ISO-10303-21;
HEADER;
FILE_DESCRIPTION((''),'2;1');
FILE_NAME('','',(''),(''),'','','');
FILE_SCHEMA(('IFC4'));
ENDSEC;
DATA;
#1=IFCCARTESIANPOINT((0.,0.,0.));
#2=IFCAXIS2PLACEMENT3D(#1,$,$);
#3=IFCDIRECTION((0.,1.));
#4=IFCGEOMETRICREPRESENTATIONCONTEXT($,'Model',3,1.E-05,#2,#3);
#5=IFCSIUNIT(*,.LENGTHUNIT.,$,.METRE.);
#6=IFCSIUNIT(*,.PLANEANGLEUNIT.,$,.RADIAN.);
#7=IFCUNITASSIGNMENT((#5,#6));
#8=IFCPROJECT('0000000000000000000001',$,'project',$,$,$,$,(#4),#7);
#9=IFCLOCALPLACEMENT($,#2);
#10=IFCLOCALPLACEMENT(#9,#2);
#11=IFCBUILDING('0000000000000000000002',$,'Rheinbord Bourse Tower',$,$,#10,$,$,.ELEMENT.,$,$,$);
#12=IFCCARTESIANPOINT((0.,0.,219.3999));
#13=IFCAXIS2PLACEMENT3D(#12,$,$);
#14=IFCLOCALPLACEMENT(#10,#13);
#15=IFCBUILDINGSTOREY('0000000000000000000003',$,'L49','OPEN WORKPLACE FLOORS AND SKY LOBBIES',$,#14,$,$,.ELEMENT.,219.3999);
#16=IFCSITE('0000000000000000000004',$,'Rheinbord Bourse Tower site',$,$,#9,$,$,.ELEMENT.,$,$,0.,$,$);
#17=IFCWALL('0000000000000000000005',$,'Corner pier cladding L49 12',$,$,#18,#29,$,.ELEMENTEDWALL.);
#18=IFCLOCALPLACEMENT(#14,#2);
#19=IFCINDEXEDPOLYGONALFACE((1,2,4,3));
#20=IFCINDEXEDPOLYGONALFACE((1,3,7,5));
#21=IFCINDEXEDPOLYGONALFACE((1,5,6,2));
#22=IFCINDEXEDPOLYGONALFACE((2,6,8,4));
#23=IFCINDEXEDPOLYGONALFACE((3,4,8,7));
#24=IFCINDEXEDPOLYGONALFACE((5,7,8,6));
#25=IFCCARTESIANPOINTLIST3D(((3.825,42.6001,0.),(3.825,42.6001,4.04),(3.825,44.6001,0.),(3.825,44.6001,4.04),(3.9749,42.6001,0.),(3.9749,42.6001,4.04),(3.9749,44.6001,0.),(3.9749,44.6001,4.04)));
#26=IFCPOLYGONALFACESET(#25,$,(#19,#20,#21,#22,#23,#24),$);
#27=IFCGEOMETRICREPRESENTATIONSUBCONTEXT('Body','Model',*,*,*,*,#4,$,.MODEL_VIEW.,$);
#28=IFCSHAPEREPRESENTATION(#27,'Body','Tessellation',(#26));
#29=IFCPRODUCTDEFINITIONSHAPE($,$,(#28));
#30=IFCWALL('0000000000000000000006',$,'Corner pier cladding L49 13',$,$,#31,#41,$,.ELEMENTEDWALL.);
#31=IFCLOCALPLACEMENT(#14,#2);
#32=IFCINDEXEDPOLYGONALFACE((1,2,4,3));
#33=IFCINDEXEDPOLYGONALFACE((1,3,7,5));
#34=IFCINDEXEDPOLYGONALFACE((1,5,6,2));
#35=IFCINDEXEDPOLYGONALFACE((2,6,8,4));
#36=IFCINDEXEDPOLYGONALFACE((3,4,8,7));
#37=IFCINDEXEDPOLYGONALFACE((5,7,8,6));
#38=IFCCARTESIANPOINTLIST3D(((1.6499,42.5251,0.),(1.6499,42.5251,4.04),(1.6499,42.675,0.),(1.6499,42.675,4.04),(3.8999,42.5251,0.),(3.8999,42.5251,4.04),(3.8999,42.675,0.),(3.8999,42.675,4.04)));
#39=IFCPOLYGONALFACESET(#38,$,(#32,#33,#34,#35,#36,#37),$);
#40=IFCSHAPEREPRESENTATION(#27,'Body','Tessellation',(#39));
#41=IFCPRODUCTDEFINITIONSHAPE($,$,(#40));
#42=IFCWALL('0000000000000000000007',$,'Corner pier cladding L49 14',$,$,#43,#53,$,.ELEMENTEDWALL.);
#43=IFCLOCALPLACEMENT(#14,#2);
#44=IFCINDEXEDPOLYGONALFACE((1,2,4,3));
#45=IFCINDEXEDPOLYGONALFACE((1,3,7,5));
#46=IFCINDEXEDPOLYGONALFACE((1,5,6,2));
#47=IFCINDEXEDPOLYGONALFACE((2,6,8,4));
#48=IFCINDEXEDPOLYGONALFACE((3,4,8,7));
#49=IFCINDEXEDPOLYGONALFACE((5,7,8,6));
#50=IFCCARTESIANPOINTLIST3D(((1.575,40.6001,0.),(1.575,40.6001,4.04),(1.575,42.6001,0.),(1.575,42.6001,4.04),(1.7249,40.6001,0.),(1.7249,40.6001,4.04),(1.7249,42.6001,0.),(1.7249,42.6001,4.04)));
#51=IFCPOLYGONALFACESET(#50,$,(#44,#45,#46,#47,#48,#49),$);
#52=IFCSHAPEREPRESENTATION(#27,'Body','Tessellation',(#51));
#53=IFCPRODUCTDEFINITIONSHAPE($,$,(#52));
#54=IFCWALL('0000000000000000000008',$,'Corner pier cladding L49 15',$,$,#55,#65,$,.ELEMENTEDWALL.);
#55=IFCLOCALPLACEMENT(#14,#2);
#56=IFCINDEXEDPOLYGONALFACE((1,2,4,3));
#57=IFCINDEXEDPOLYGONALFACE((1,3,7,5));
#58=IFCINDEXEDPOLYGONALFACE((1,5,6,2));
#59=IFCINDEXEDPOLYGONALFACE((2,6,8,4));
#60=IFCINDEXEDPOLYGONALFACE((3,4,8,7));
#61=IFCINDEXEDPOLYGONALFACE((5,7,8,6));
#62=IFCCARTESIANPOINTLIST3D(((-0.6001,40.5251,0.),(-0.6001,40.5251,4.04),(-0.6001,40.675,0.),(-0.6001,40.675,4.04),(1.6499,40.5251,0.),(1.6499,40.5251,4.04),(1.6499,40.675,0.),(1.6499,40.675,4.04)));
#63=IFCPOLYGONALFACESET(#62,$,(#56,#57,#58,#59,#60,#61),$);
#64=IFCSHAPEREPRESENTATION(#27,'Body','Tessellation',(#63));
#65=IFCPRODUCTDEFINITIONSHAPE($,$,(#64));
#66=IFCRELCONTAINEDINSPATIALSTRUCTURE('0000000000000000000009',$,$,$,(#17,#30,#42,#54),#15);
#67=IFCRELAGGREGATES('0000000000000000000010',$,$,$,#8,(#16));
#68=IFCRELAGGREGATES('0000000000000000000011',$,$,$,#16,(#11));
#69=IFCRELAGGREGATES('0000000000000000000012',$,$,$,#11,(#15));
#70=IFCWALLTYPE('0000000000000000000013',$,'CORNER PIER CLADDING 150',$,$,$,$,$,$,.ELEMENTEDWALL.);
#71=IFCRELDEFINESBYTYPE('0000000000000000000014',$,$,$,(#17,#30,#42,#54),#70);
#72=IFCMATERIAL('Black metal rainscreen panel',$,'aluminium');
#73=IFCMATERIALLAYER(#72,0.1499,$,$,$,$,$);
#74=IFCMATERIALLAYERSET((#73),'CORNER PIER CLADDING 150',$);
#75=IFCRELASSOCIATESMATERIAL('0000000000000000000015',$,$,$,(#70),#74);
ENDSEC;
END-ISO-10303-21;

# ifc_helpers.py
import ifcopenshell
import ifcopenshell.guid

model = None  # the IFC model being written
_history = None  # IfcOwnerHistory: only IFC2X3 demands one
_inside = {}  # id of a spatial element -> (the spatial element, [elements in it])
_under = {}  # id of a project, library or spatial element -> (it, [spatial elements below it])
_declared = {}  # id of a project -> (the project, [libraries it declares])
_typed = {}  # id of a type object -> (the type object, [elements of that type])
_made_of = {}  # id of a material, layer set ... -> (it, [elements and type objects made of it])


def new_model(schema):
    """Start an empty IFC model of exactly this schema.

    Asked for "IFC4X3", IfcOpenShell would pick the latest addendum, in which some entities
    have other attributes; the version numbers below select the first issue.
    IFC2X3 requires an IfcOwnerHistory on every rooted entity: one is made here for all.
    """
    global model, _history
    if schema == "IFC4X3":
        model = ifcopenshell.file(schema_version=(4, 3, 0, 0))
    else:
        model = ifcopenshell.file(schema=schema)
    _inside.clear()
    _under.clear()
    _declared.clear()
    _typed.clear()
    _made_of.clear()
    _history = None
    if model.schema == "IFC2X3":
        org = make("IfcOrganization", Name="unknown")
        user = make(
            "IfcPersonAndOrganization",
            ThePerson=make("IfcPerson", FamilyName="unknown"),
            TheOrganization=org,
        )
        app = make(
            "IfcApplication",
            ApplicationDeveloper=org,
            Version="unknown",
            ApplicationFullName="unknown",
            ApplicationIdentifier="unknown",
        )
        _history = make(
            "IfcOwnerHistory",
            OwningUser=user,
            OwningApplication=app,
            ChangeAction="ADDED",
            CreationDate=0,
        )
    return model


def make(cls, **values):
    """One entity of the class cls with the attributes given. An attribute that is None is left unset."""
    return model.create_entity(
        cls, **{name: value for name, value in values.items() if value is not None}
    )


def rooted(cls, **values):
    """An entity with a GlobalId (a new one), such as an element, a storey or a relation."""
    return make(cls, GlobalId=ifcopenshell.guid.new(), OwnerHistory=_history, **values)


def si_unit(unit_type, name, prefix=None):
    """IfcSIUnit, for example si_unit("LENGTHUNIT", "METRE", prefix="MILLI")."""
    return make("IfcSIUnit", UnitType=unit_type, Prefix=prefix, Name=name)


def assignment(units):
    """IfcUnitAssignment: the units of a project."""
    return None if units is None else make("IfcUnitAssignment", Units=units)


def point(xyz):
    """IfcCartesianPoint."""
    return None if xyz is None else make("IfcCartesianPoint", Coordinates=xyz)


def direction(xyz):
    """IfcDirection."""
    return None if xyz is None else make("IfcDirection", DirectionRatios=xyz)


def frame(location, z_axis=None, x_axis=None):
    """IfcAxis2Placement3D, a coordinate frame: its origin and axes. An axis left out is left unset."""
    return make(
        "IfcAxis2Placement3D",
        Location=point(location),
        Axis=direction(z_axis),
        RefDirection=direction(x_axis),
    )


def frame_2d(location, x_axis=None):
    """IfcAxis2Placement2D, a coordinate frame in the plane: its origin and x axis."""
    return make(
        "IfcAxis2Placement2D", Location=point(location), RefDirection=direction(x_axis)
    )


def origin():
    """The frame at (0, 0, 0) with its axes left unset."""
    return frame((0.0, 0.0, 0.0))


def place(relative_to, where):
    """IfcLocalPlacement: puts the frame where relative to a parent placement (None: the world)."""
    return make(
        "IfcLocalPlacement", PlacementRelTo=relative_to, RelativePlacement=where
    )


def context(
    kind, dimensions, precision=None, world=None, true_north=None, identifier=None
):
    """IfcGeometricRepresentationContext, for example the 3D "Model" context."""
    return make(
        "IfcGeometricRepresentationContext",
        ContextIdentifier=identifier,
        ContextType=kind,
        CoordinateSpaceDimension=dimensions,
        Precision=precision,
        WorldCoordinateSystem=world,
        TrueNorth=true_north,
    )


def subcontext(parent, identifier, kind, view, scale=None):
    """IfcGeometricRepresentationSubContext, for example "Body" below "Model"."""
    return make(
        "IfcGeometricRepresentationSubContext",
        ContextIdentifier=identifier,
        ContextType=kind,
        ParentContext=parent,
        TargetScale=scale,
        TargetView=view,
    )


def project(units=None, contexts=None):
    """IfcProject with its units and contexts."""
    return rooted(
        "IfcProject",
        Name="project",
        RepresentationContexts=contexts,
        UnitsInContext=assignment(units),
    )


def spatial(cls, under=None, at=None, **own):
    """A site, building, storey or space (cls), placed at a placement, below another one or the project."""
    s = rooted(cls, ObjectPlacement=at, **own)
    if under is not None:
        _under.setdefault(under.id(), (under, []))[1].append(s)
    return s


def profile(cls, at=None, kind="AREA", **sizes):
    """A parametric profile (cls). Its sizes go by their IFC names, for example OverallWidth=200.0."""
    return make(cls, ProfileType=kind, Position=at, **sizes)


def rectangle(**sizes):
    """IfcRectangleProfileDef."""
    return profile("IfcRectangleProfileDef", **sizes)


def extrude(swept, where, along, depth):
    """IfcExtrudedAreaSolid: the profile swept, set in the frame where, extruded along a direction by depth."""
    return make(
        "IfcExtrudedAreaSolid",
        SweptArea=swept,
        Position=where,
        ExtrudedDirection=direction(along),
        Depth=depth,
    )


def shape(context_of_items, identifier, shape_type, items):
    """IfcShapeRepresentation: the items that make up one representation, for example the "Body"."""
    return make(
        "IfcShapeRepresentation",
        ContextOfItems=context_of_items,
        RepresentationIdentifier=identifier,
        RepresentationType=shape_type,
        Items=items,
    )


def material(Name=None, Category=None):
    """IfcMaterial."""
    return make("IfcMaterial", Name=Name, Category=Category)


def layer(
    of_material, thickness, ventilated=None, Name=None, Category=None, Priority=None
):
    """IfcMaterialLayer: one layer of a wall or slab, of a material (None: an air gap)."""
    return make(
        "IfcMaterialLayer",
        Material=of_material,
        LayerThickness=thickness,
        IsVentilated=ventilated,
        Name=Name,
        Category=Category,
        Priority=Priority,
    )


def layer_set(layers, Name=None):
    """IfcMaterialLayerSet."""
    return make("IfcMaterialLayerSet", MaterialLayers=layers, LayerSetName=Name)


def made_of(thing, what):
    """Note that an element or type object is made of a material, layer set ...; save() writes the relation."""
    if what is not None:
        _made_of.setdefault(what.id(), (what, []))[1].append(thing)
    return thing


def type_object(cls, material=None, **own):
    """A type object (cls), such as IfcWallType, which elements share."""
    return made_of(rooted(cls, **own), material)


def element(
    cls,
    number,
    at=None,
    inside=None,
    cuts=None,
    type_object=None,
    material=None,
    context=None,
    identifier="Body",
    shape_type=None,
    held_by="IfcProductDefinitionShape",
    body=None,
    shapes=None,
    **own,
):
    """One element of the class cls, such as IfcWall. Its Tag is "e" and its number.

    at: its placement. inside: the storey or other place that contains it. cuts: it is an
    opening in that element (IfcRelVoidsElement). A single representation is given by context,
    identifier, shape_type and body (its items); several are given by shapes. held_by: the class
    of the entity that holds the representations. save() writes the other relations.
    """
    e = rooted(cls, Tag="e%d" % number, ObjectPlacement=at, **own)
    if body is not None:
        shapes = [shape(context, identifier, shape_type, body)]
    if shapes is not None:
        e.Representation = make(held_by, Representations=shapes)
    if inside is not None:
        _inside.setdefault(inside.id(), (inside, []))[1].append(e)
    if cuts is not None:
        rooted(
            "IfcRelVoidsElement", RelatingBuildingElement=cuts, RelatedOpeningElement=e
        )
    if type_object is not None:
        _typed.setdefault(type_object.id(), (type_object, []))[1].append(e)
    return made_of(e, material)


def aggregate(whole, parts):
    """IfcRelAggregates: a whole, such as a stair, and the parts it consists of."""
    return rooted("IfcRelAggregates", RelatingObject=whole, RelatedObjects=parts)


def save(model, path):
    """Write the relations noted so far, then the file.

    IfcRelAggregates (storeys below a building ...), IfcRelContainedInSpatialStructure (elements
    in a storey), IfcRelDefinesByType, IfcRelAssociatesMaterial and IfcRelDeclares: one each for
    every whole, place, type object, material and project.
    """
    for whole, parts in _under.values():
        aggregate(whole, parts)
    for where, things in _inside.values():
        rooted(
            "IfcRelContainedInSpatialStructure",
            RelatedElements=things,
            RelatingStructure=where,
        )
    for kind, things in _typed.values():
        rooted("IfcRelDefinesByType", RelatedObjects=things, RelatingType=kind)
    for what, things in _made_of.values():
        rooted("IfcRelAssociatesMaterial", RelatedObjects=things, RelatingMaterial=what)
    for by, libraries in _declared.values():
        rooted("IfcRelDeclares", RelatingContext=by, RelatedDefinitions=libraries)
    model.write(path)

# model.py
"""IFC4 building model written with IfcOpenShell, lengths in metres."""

from ifc_helpers import new_model, si_unit, direction, frame, frame_2d, origin, place, context, subcontext, project, spatial, rectangle, extrude, material, layer, layer_set, type_object, element, save


model = new_model("IFC4")

# Units and contexts
model_context = context("Model", 3, precision=1e-05, world=origin(), true_north=direction((0.0, 1.0)))
body_context = subcontext(model_context, "Body", "Model", "MODEL_VIEW")
ifc_project = project(units=[si_unit("LENGTHUNIT", "METRE"), si_unit("PLANEANGLEUNIT", "RADIAN")], contexts=[model_context])

# Site, building, storey
site_placement = place(None, origin())
site = spatial("IfcSite", under=ifc_project, at=site_placement, Name="Rheinbord Bourse Tower site", CompositionType="ELEMENT", RefElevation=0.0)
building_placement = place(site_placement, origin())
building = spatial("IfcBuilding", under=site, at=building_placement, Name="Rheinbord Bourse Tower", CompositionType="ELEMENT")
storey_placement = place(building_placement, frame((0.0, 0.0, 219.3999)))
storey = spatial("IfcBuildingStorey", under=building, at=storey_placement, Name="L49", Description="OPEN WORKPLACE FLOORS AND SKY LOBBIES", CompositionType="ELEMENT", Elevation=219.3999)

# Walls
ifc_material_1 = material(Name="Black metal rainscreen panel", Category="aluminium")
ifc_layer_1 = layer(ifc_material_1, 0.1499)
ifc_layer_set_1 = layer_set([ifc_layer_1], Name="CORNER PIER CLADDING 150")
wall_type = type_object("IfcWallType", Name="CORNER PIER CLADDING 150", PredefinedType="ELEMENTEDWALL", material=ifc_layer_set_1)
wall_1_placement = place(storey_placement, frame((3.8999, 44.6001, 0.0), z_axis=(0.0, 0.0, 1.0), x_axis=(0.0, -1.0, 0.0)))
element("IfcWall", 1, at=wall_1_placement, inside=storey, type_object=wall_type, Name="Corner pier cladding L49 12", PredefinedType="ELEMENTEDWALL", context=body_context, shape_type="SweptSolid", body=[
    extrude(rectangle(XDim=2.0, YDim=0.1499, at=frame_2d((1.0, 0.0))), origin(), (0.0, 0.0, 1.0), 4.04),
])
wall_2_placement = place(storey_placement, frame((3.8999, 42.6001, 0.0), z_axis=(0.0, 0.0, 1.0), x_axis=(-1.0, 0.0, 0.0)))
element("IfcWall", 2, at=wall_2_placement, inside=storey, type_object=wall_type, Name="Corner pier cladding L49 13", PredefinedType="ELEMENTEDWALL", context=body_context, shape_type="SweptSolid", body=[
    extrude(rectangle(XDim=2.25, YDim=0.1499, at=frame_2d((1.125, 0.0))), origin(), (0.0, 0.0, 1.0), 4.04),
])
wall_3_placement = place(storey_placement, frame((1.6499, 42.6001, 0.0), z_axis=(0.0, 0.0, 1.0), x_axis=(0.0, -1.0, 0.0)))
element("IfcWall", 3, at=wall_3_placement, inside=storey, type_object=wall_type, Name="Corner pier cladding L49 14", PredefinedType="ELEMENTEDWALL", context=body_context, shape_type="SweptSolid", body=[
    extrude(rectangle(XDim=2.0, YDim=0.1499, at=frame_2d((1.0, 0.0))), origin(), (0.0, 0.0, 1.0), 4.04),
])
wall_4_placement = place(storey_placement, frame((1.6499, 40.6001, 0.0), z_axis=(0.0, 0.0, 1.0), x_axis=(-1.0, 0.0, 0.0)))
element("IfcWall", 4, at=wall_4_placement, inside=storey, type_object=wall_type, Name="Corner pier cladding L49 15", PredefinedType="ELEMENTEDWALL", context=body_context, shape_type="SweptSolid", body=[
    extrude(rectangle(XDim=2.25, YDim=0.1499, at=frame_2d((1.125, 0.0))), origin(), (0.0, 0.0, 1.0), 4.04),
])

save(model, "model.ifc")
